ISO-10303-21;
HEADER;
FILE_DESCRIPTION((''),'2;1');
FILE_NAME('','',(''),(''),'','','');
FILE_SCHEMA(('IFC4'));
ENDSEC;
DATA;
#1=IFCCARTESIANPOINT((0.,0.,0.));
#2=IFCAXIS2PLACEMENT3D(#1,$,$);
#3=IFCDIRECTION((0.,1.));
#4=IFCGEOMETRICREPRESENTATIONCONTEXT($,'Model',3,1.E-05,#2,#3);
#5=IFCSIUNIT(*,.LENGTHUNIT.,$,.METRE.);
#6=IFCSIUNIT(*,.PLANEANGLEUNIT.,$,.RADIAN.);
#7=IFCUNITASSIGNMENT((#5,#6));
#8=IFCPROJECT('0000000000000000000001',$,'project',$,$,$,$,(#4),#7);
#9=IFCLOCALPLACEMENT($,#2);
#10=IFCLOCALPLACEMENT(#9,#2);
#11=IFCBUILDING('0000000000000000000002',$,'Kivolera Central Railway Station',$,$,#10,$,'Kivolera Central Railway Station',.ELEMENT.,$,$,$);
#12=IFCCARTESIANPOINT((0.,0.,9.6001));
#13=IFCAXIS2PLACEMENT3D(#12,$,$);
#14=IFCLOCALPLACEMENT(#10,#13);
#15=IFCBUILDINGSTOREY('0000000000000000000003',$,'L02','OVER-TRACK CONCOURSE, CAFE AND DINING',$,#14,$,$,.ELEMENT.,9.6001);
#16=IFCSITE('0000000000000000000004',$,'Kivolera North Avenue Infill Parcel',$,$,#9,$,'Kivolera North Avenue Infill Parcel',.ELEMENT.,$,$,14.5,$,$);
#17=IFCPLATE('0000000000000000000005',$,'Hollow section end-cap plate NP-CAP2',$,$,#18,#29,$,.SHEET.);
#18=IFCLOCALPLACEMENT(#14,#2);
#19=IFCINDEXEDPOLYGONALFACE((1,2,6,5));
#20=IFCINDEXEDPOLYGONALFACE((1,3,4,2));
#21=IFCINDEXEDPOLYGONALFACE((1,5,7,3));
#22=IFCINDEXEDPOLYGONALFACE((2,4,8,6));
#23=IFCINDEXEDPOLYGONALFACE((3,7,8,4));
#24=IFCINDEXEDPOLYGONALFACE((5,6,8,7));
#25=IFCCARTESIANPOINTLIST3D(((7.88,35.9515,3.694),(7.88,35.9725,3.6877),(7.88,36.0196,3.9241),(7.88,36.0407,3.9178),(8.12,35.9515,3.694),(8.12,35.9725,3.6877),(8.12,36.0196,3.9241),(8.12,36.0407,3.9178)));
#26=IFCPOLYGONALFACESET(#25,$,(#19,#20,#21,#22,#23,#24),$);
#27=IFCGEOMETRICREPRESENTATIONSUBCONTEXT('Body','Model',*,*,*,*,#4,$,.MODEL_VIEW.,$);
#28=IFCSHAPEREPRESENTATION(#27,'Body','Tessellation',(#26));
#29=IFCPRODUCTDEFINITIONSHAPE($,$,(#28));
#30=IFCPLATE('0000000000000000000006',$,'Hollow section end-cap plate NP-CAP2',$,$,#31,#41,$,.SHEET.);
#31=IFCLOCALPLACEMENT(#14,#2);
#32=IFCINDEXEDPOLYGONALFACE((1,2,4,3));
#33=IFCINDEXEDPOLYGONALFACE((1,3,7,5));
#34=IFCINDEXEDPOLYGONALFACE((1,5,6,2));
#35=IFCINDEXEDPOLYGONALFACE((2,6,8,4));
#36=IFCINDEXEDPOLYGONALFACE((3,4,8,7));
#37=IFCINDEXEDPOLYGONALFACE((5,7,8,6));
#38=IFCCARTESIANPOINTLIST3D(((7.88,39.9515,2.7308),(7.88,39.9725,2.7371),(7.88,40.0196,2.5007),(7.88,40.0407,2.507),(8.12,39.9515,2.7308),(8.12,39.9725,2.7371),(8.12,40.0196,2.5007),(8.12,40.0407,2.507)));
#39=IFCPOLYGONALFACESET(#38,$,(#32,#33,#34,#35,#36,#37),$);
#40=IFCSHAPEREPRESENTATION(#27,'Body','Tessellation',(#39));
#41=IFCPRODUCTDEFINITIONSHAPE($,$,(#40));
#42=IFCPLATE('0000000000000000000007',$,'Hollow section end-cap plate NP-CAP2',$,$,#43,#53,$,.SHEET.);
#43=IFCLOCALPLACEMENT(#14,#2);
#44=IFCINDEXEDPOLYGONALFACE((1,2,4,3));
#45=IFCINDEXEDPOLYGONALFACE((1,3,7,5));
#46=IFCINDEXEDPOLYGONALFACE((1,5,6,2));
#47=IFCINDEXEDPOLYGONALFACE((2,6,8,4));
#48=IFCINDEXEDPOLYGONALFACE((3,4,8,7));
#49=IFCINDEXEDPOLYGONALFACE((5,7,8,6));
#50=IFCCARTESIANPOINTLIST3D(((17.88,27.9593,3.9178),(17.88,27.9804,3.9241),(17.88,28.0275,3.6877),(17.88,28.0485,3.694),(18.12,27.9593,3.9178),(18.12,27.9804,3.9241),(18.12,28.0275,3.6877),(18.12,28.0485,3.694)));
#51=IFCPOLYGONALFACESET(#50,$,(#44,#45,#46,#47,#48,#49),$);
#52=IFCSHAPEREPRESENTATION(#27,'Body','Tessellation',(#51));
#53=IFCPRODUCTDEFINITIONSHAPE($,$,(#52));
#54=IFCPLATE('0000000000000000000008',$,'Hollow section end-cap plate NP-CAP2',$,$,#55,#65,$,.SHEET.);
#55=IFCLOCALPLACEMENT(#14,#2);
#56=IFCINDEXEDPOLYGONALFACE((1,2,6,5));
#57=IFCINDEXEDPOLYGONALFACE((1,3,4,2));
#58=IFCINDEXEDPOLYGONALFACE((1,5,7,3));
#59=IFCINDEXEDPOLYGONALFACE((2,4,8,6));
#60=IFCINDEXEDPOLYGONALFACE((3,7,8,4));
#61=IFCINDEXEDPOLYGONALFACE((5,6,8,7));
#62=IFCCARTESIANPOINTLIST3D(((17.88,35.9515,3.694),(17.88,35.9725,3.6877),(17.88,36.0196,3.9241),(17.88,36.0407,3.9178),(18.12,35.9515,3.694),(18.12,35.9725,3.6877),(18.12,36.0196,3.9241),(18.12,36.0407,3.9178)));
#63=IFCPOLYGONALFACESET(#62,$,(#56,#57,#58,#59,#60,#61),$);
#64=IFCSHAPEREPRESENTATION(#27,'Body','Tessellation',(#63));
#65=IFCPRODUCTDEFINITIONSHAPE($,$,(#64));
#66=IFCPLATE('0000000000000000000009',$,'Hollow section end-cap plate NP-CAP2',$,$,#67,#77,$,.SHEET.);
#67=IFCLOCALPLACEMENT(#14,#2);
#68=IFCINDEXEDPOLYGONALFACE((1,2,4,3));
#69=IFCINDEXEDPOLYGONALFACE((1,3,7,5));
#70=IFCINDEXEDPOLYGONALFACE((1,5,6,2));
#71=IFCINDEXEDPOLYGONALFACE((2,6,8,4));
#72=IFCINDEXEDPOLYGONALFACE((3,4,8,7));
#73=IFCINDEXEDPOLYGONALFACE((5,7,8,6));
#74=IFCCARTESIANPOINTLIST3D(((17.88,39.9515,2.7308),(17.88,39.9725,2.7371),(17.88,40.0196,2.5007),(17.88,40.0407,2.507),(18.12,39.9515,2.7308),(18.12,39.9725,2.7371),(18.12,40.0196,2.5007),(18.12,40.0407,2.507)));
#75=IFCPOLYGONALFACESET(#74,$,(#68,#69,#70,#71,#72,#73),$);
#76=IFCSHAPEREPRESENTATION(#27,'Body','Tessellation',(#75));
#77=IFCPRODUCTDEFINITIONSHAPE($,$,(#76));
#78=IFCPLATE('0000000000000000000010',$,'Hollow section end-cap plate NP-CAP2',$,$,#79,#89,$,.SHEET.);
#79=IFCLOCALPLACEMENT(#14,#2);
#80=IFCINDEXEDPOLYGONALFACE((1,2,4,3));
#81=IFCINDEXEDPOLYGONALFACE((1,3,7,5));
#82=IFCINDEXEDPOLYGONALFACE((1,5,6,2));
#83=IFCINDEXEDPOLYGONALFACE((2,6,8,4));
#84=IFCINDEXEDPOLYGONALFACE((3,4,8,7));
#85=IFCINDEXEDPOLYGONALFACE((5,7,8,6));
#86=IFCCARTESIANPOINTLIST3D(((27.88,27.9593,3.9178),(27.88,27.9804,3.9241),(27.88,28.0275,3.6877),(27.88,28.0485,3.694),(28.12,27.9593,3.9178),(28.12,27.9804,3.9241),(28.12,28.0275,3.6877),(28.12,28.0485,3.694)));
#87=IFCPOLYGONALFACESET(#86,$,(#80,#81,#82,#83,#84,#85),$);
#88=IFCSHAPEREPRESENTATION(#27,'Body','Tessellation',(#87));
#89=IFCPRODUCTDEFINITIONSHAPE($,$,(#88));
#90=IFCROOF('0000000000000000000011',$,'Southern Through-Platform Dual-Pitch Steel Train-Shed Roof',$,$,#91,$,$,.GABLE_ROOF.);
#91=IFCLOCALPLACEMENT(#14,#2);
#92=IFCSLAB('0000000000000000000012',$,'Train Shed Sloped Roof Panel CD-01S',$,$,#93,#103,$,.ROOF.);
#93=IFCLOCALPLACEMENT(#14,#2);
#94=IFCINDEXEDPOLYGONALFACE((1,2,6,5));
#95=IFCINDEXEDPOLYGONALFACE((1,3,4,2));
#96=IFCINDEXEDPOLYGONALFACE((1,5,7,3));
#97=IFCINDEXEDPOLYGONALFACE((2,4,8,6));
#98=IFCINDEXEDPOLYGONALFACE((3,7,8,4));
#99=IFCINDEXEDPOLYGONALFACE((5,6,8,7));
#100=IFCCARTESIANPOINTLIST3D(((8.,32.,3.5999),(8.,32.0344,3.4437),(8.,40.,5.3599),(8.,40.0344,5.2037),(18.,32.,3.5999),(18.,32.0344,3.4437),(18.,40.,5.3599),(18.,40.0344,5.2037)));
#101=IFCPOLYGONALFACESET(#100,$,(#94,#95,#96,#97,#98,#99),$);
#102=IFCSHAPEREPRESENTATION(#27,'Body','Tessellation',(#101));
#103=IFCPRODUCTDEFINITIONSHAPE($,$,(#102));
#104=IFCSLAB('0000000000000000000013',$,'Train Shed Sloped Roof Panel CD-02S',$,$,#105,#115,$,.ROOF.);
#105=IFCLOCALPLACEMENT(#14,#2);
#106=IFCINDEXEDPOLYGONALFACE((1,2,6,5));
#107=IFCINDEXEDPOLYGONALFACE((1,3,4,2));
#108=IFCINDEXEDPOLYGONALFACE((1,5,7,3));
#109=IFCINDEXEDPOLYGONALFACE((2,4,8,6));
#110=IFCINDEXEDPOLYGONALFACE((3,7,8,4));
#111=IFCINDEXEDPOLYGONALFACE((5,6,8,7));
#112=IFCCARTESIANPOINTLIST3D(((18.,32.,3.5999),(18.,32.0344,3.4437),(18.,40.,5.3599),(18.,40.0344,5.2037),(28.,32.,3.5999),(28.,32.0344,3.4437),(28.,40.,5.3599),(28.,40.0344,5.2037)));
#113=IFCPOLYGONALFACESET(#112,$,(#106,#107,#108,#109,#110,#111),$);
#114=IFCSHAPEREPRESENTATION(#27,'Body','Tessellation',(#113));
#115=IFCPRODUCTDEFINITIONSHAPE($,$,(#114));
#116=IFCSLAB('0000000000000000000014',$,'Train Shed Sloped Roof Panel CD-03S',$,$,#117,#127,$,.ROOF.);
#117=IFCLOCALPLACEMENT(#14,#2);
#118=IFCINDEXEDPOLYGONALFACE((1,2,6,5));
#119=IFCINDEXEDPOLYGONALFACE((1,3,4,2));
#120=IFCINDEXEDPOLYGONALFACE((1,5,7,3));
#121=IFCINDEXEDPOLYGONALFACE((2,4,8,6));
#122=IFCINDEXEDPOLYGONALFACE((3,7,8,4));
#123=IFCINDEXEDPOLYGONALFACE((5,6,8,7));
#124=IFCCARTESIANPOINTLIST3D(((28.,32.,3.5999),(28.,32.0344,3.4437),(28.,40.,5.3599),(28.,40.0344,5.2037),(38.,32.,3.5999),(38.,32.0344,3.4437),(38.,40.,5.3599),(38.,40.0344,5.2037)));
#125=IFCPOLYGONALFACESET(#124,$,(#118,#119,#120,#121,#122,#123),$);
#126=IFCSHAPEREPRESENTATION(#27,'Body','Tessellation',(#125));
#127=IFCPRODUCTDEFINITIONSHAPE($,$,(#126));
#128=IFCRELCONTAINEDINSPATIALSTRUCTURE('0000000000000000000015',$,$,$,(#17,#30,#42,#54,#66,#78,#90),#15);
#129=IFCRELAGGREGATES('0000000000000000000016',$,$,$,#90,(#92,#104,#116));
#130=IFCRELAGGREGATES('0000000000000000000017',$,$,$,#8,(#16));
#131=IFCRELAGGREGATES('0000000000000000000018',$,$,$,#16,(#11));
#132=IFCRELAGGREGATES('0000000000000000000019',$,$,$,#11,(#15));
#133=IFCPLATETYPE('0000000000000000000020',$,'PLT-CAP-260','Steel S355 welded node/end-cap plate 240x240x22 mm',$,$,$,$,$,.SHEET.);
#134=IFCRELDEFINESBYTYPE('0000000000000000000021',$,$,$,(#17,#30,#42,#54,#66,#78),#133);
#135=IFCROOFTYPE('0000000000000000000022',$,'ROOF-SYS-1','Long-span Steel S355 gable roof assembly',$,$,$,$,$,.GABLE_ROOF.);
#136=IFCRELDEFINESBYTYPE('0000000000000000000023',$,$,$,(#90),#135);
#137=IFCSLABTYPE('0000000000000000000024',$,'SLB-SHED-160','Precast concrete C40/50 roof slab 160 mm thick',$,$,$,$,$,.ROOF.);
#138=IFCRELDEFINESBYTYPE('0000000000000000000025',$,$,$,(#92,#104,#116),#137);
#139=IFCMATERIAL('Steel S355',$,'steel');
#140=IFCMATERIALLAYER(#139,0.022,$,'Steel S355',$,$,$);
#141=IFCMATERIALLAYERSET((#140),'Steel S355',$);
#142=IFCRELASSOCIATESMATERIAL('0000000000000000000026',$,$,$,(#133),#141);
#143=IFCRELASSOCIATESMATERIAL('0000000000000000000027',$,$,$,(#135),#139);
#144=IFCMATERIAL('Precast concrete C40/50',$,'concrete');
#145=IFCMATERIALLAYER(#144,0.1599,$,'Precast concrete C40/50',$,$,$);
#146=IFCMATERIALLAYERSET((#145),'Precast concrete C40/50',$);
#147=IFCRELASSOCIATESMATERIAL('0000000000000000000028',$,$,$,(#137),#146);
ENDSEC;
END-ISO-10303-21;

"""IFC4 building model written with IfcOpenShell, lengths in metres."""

from ifc_helpers import new_model, si_unit, direction, frame, origin, origin_2d, place, context, subcontext, project, spatial, polyline, rectangle, outline, extrude, material, layer, layer_set, type_object, element, aggregate, save


model = new_model("IFC4")

# Units and contexts
model_context = context("Model", 3, precision=1e-05, world=origin(), true_north=direction((0.0, 1.0)))
body_context = subcontext(model_context, "Body", "Model", "MODEL_VIEW")
ifc_project = project(units=[si_unit("LENGTHUNIT", "METRE"), si_unit("PLANEANGLEUNIT", "RADIAN")], contexts=[model_context])

# Site, building, storey
site_placement = place(None, origin())
site = spatial("IfcSite", under=ifc_project, at=site_placement, Name="Kivolera North Avenue Infill Parcel", LongName="Kivolera North Avenue Infill Parcel", CompositionType="ELEMENT", RefElevation=14.5)
building_placement = place(site_placement, origin())
building = spatial("IfcBuilding", under=site, at=building_placement, Name="Kivolera Central Railway Station", LongName="Kivolera Central Railway Station", CompositionType="ELEMENT")
storey_placement = place(building_placement, frame((0.0, 0.0, 9.6001)))
storey = spatial("IfcBuildingStorey", under=building, at=storey_placement, Name="L02", Description="OVER-TRACK CONCOURSE, CAFE AND DINING", CompositionType="ELEMENT", Elevation=9.6001)

# Shared definitions
ifc_material_1 = material(Name="Steel S355", Category="steel")

# Plates
ifc_layer_1 = layer(ifc_material_1, 0.022, Name="Steel S355")
ifc_layer_set_1 = layer_set([ifc_layer_1], Name="Steel S355")
plate_type_1 = type_object("IfcPlateType", Name="PLT-CAP-260", Description="Steel S355 welded node/end-cap plate 240x240x22 mm", PredefinedType="SHEET", material=ifc_layer_set_1)
for number, where, z_axis, x_axis, name in (
    (1, (8.0, 35.9961, 3.8059), (0.0, -0.95881, 0.284048), (1.0, 0.0, 0.0), "Hollow section end-cap plate NP-CAP2"),
    (2, (8.0, 39.9961, 2.6189), (0.0, 0.95881, 0.284048), (-1.0, 0.0, 0.0), "Hollow section end-cap plate NP-CAP2"),
    (3, (18.0, 28.0039, 3.8059), (0.0, 0.95881, 0.284048), (-1.0, 0.0, 0.0), "Hollow section end-cap plate NP-CAP2"),
    (4, (18.0, 35.9961, 3.8059), (0.0, -0.95881, 0.284048), (1.0, 0.0, 0.0), "Hollow section end-cap plate NP-CAP2"),
    (5, (18.0, 39.9961, 2.6189), (0.0, 0.95881, 0.284048), (-1.0, 0.0, 0.0), "Hollow section end-cap plate NP-CAP2"),
    (6, (28.0, 28.0039, 3.8059), (0.0, 0.95881, 0.284048), (-1.0, 0.0, 0.0), "Hollow section end-cap plate NP-CAP2"),
):
    element("IfcPlate", number, at=place(storey_placement, frame(where, z_axis=z_axis, x_axis=x_axis)), inside=storey, type_object=plate_type_1, Name=name, PredefinedType="SHEET", context=body_context, shape_type="SweptSolid", body=[
        extrude(rectangle(XDim=0.24, YDim=0.24, at=origin_2d()), frame((0.0, 0.0, -0.011)), (0.0, 0.0, 1.0), 0.022),
    ])

# Roof, slabs
roof_type = type_object("IfcRoofType", Name="ROOF-SYS-1", Description="Long-span Steel S355 gable roof assembly", PredefinedType="GABLE_ROOF", material=ifc_material_1)
roof_placement = place(storey_placement, origin())
roof = element("IfcRoof", 7, at=roof_placement, inside=storey, type_object=roof_type, Name="Southern Through-Platform Dual-Pitch Steel Train-Shed Roof", PredefinedType="GABLE_ROOF")
ifc_material_2 = material(Name="Precast concrete C40/50", Category="concrete")
ifc_layer_2 = layer(ifc_material_2, 0.1599, Name="Precast concrete C40/50")
ifc_layer_set_2 = layer_set([ifc_layer_2], Name="Precast concrete C40/50")
slab_type = type_object("IfcSlabType", Name="SLB-SHED-160", Description="Precast concrete C40/50 roof slab 160 mm thick", PredefinedType="ROOF", material=ifc_layer_set_2)
slab_1_placement = place(storey_placement, frame((8.0, 32.0, 3.5999), z_axis=(0.0, -0.214863, 0.976644), x_axis=(1.0, 0.0, 0.0)))
slab_1 = element("IfcSlab", 8, at=slab_1_placement, type_object=slab_type, Name="Train Shed Sloped Roof Panel CD-01S", PredefinedType="ROOF", context=body_context, shape_type="SweptSolid", body=[
    extrude(outline(polyline([(0.0, 0.0), (10.0, 0.0), (10.0, 8.1913), (0.0, 8.1913), (0.0, 0.0)])), origin(), (0.0, 0.0, -1.0), 0.1599),
])
slab_2_placement = place(storey_placement, frame((18.0, 32.0, 3.5999), z_axis=(0.0, -0.214863, 0.976644), x_axis=(1.0, 0.0, 0.0)))
slab_2 = element("IfcSlab", 9, at=slab_2_placement, type_object=slab_type, Name="Train Shed Sloped Roof Panel CD-02S", PredefinedType="ROOF", context=body_context, shape_type="SweptSolid", body=[
    extrude(outline(polyline([(0.0, 0.0), (10.0, 0.0), (10.0, 8.1913), (0.0, 8.1913), (0.0, 0.0)])), origin(), (0.0, 0.0, -1.0), 0.1599),
])
slab_3_placement = place(storey_placement, frame((28.0, 32.0, 3.5999), z_axis=(0.0, -0.214863, 0.976644), x_axis=(1.0, 0.0, 0.0)))
slab_3 = element("IfcSlab", 10, at=slab_3_placement, type_object=slab_type, Name="Train Shed Sloped Roof Panel CD-03S", PredefinedType="ROOF", context=body_context, shape_type="SweptSolid", body=[
    extrude(outline(polyline([(0.0, 0.0), (10.0, 0.0), (10.0, 8.1913), (0.0, 8.1913), (0.0, 0.0)])), origin(), (0.0, 0.0, -1.0), 0.1599),
])
aggregate(roof, [slab_1, slab_2, slab_3])

save(model, "model.ifc")
